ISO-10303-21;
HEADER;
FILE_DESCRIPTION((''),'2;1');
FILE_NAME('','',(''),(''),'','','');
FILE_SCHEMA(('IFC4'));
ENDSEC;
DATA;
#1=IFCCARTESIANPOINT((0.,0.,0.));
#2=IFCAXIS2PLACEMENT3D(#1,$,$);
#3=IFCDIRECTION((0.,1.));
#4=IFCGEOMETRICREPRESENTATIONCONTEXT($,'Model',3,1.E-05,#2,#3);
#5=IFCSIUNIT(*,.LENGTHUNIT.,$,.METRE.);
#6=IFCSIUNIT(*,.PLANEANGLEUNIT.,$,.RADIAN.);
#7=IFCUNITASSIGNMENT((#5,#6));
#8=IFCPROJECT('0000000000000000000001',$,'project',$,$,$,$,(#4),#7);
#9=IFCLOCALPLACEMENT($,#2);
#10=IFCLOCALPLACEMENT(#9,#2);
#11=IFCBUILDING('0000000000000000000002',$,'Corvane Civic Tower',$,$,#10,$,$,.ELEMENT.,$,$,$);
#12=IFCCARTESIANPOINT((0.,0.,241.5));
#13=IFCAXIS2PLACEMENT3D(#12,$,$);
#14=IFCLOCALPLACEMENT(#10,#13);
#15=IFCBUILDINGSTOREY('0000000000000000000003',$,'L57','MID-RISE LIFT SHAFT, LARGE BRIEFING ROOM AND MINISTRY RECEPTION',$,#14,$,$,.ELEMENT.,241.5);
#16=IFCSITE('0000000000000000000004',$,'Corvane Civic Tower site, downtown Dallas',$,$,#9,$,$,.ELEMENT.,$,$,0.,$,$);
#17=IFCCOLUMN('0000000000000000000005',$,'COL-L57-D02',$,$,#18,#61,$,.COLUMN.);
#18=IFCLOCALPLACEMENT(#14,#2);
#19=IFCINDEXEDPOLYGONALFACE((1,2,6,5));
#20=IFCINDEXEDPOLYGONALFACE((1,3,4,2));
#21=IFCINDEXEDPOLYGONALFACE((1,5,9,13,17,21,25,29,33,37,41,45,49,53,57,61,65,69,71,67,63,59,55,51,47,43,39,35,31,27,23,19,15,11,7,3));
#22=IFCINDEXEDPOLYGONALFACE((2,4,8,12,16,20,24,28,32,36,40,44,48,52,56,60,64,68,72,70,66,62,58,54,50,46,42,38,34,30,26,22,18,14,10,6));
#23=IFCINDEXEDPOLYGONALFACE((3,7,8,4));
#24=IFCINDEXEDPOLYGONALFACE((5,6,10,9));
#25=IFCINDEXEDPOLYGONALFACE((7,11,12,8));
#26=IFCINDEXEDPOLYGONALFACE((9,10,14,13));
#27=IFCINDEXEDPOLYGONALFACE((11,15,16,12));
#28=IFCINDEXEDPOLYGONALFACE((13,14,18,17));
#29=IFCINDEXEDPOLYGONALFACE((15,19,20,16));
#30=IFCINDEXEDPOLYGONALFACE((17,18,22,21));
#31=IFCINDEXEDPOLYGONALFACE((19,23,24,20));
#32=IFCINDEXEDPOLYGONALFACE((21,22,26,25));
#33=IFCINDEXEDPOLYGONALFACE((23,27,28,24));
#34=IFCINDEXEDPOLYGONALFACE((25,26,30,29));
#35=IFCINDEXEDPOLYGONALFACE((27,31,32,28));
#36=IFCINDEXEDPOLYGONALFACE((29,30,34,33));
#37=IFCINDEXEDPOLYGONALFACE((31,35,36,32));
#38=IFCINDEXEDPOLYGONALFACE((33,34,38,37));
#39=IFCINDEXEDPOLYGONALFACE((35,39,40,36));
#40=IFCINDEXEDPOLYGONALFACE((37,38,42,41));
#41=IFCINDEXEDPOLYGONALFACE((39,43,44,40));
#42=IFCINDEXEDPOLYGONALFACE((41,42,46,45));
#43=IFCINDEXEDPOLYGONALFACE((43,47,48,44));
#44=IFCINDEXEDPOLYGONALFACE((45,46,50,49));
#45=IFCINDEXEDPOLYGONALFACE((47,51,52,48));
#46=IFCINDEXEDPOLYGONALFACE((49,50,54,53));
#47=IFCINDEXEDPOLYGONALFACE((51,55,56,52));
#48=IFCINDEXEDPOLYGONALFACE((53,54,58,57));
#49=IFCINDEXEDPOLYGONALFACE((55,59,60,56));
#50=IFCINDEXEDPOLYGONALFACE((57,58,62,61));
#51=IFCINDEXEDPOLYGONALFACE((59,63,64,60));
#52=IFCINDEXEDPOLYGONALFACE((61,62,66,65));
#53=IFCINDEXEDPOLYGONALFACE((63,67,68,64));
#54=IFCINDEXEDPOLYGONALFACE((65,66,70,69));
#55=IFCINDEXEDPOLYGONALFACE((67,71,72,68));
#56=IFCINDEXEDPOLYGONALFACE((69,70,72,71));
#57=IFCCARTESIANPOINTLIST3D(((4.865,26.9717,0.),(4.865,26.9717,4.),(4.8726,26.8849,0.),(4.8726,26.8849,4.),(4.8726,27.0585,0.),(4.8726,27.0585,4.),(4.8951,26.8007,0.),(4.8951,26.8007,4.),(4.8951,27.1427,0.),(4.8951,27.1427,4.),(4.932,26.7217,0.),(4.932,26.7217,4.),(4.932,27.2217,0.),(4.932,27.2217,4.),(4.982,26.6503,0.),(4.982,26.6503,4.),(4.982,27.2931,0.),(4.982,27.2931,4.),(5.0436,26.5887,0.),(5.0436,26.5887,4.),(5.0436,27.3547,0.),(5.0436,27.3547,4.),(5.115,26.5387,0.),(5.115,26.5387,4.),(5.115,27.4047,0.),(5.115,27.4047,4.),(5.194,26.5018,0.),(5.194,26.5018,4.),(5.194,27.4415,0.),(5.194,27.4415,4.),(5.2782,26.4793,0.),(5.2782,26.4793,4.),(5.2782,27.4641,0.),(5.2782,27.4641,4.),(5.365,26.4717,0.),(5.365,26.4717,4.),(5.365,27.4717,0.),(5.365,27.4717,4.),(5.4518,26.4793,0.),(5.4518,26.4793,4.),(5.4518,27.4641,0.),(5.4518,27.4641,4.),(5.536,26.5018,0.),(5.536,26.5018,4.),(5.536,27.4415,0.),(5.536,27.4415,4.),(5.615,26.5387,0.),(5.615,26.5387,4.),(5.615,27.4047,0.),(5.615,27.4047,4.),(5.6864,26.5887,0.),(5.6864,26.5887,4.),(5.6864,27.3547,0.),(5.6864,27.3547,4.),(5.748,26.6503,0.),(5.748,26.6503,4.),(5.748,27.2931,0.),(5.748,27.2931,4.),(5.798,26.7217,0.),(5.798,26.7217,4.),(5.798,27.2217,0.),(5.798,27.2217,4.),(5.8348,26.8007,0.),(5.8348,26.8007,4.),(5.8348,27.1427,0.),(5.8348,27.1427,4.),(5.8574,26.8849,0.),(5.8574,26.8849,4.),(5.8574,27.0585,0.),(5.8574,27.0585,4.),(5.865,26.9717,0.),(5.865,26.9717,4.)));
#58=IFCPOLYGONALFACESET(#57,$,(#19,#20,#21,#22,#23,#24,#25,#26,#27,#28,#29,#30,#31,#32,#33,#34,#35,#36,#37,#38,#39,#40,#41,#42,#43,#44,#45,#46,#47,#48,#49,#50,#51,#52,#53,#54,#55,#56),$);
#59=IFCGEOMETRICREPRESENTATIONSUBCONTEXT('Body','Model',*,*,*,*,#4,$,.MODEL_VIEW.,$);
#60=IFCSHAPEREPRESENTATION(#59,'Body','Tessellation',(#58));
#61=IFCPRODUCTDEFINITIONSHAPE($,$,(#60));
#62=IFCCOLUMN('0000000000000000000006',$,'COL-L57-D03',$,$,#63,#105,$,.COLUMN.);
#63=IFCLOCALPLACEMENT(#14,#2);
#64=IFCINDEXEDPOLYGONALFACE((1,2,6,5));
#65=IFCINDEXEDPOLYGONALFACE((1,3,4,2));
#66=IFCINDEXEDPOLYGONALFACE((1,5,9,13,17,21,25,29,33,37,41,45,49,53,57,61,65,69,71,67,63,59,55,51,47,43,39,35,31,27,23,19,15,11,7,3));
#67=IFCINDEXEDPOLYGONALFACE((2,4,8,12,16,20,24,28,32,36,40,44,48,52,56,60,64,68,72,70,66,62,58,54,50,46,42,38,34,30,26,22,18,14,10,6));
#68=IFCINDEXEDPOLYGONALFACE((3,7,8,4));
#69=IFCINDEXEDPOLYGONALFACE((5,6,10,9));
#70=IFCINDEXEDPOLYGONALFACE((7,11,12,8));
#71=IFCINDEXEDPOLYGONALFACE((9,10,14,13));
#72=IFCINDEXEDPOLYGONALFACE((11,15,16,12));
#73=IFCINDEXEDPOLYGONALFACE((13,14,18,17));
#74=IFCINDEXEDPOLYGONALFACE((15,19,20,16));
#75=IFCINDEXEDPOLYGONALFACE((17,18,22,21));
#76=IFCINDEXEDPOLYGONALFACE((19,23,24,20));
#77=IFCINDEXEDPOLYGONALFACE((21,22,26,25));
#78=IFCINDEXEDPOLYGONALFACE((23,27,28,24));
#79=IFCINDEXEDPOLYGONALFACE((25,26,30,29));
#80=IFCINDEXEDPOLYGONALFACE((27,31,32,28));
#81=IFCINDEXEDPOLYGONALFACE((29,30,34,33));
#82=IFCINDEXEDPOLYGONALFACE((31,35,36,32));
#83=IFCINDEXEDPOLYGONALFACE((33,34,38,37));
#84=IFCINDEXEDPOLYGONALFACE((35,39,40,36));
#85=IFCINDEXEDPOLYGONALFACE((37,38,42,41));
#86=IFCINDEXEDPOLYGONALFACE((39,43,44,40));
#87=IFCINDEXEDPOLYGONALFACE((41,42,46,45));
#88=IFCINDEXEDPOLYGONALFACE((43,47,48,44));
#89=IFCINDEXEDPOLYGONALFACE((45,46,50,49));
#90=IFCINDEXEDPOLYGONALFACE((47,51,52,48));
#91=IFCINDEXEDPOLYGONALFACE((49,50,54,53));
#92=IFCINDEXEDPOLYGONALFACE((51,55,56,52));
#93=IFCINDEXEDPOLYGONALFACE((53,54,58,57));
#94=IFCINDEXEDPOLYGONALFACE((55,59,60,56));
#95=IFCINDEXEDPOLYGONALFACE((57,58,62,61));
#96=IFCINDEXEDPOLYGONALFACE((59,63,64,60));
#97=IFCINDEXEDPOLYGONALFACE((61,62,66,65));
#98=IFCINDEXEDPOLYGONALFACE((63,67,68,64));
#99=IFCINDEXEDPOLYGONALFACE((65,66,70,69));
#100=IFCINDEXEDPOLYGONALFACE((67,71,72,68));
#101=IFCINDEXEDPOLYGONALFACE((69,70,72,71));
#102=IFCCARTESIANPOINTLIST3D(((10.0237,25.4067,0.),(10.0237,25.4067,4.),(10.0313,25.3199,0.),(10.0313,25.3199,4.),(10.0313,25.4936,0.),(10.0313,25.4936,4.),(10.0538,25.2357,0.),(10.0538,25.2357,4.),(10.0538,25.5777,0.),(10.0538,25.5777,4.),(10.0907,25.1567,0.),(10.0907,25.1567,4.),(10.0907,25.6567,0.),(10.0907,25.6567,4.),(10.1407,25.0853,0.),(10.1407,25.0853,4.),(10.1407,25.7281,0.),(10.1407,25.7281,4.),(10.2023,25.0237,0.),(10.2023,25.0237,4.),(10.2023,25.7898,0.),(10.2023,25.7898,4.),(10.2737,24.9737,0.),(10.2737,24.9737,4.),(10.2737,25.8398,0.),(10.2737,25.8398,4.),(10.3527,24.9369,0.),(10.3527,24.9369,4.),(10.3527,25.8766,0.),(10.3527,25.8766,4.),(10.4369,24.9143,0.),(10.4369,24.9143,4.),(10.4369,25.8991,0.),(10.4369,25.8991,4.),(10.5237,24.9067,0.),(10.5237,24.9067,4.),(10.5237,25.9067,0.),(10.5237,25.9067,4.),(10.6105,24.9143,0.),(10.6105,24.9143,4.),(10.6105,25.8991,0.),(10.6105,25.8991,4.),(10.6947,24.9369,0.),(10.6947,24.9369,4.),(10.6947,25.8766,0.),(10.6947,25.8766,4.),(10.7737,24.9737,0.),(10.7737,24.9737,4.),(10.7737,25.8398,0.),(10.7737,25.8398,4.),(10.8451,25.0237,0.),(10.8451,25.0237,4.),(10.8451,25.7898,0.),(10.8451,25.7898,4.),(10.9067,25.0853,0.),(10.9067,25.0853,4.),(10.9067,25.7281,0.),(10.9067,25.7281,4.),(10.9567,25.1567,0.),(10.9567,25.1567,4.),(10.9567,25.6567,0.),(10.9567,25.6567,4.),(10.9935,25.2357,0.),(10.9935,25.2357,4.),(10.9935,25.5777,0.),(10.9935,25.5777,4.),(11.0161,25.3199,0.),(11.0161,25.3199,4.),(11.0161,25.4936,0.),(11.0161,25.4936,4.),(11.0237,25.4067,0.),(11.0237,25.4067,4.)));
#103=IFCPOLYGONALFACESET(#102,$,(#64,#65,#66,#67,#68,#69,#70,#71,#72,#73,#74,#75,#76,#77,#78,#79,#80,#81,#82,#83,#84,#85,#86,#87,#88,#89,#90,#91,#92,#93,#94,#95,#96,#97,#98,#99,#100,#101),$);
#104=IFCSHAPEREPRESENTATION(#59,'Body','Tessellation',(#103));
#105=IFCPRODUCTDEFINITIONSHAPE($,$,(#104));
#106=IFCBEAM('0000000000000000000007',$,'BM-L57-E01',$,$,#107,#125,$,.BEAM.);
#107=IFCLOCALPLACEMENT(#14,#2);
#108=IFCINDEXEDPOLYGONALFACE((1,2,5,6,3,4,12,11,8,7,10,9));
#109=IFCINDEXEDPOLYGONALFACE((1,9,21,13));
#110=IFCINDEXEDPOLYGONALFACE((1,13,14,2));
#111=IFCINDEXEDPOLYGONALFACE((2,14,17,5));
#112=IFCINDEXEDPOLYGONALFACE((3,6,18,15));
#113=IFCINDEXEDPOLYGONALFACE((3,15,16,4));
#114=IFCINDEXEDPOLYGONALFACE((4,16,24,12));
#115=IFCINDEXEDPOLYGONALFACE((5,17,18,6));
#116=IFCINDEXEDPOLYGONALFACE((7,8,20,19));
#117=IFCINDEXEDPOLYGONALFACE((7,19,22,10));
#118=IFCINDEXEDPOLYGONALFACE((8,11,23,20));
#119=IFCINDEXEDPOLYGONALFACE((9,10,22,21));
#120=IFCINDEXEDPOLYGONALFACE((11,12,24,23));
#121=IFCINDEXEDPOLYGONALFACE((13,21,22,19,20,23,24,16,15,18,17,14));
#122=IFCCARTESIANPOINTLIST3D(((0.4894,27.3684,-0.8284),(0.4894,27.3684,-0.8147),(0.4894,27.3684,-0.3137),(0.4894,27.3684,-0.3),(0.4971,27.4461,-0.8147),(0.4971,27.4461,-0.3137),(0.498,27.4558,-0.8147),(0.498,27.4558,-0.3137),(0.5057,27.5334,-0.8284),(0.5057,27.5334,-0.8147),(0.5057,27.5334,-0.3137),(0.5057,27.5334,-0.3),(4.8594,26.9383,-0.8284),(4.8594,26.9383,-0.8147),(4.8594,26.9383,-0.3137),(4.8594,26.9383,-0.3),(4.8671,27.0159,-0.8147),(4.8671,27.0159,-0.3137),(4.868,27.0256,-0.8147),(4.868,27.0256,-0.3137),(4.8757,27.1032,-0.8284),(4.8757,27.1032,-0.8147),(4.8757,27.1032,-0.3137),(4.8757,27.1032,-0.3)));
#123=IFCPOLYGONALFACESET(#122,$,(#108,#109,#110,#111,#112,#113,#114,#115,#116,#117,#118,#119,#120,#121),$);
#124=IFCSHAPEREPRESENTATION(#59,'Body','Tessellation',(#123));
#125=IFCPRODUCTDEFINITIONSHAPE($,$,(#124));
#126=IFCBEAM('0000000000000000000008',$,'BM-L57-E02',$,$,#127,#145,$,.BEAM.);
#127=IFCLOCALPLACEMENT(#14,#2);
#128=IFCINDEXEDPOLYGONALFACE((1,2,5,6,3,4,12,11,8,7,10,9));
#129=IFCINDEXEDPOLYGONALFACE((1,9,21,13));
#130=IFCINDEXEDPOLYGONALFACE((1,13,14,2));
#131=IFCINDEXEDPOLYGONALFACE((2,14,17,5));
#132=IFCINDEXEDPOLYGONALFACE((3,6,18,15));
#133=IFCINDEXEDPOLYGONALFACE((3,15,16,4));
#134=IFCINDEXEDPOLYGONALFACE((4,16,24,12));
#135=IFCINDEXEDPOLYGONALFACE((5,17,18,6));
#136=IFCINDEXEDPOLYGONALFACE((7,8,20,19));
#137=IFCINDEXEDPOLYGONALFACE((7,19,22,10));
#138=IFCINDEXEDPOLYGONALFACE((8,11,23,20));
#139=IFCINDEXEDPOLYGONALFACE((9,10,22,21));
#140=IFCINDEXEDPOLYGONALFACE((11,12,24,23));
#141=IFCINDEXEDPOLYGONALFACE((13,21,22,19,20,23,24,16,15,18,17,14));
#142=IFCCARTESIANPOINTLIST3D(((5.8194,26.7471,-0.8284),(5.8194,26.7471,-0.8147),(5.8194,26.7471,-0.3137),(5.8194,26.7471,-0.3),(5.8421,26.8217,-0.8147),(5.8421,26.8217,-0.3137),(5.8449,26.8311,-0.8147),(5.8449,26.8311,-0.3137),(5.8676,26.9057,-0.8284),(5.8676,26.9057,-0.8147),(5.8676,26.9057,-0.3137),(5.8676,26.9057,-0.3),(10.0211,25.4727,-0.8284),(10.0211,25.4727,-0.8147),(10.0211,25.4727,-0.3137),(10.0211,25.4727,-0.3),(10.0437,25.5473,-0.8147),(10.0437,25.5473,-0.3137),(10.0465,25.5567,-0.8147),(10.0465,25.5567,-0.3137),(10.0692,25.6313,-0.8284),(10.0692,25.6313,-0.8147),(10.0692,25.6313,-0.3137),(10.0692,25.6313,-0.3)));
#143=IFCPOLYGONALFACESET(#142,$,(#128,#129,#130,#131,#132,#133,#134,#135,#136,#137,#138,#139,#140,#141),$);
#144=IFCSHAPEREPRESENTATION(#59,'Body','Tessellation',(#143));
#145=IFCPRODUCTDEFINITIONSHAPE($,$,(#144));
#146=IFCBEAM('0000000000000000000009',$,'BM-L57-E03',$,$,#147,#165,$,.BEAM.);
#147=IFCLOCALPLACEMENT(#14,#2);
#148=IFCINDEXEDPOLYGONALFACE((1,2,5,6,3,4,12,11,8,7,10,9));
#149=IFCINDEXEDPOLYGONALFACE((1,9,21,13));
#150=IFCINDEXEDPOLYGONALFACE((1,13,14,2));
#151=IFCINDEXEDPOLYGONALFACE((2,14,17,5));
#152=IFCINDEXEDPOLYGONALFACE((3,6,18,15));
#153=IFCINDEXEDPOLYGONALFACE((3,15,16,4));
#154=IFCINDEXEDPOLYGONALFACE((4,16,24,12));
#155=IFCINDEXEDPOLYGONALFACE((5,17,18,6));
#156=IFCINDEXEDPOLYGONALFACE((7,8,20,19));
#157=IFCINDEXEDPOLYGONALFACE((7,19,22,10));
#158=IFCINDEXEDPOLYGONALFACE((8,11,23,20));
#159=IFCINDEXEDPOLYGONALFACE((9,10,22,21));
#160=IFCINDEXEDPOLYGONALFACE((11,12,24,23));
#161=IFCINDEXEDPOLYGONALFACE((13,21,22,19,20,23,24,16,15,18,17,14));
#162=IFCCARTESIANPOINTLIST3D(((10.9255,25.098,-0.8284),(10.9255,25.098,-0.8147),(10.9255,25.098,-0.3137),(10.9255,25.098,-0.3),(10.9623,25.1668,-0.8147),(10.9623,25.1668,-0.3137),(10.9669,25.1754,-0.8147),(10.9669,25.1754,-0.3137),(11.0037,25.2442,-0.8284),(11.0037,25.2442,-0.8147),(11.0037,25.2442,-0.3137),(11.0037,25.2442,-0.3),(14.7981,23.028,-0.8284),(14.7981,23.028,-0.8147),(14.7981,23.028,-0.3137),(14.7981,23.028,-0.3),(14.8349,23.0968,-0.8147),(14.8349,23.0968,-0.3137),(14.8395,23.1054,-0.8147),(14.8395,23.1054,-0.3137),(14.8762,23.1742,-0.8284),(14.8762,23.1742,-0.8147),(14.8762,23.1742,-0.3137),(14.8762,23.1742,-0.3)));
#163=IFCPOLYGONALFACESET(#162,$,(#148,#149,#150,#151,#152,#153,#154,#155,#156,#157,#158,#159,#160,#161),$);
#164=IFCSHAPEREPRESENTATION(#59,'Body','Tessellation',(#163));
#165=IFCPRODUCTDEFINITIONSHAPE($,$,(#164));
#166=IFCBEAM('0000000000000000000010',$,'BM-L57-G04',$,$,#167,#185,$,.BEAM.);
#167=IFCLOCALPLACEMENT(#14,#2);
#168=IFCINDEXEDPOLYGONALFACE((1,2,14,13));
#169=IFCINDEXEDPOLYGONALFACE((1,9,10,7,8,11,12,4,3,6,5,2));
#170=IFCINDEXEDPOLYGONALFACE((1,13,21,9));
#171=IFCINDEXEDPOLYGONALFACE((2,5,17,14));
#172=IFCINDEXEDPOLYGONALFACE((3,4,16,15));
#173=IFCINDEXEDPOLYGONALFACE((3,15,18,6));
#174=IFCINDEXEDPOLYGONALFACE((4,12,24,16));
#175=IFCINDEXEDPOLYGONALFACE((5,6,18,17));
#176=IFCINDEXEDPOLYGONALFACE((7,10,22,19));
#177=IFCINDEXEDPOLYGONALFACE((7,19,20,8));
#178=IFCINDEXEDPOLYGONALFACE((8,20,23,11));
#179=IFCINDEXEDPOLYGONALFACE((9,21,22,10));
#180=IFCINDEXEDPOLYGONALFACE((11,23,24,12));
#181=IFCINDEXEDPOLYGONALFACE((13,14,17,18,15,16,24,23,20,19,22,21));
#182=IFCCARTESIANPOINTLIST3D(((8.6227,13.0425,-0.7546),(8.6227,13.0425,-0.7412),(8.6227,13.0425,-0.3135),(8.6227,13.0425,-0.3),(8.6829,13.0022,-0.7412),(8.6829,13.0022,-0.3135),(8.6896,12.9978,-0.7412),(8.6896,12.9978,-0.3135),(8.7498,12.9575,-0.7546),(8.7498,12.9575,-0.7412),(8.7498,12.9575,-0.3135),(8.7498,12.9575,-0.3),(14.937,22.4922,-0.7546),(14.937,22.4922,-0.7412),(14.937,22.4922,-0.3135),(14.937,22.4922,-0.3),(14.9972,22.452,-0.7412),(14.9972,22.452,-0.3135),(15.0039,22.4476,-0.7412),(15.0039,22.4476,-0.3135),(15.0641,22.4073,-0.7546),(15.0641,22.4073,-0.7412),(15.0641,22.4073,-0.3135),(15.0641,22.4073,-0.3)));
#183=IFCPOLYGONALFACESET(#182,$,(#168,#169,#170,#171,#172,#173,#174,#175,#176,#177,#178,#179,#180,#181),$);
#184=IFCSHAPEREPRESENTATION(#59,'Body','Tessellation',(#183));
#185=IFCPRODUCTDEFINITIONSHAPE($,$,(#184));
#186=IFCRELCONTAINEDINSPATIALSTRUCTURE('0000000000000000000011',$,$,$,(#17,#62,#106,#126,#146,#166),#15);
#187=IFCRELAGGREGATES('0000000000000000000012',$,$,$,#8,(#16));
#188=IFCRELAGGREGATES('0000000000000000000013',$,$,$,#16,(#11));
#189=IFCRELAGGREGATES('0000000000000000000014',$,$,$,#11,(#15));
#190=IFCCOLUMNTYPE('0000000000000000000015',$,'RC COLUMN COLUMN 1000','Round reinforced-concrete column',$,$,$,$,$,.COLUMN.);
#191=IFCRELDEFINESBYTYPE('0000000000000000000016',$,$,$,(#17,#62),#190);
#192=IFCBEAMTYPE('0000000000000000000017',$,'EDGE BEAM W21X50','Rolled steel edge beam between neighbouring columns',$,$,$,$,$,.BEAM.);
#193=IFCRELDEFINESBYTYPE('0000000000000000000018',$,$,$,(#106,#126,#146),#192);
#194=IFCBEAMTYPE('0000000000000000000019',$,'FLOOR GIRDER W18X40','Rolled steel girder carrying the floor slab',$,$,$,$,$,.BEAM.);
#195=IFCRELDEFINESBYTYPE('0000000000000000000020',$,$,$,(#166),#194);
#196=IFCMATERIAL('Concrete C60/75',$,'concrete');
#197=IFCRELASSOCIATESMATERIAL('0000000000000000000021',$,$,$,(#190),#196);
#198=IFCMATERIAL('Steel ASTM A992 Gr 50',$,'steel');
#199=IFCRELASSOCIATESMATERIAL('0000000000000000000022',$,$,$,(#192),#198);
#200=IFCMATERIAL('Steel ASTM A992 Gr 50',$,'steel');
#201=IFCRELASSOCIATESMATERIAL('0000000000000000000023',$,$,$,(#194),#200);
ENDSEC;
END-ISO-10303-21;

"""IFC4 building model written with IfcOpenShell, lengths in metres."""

from ifc_helpers import new_model, si_unit, direction, frame, origin, origin_2d, place, context, subcontext, project, spatial, circle, i_section, extrude, material, material_profile, profile_set, type_object, element, save


model = new_model("IFC4")

# Units and contexts
model_context = context("Model", 3, precision=1e-05, world=origin(), true_north=direction((0.0, 1.0)))
body_context = subcontext(model_context, "Body", "Model", "MODEL_VIEW")
ifc_project = project(units=[si_unit("LENGTHUNIT", "METRE"), si_unit("PLANEANGLEUNIT", "RADIAN")], contexts=[model_context])

# Site, building, storey
site_placement = place(None, origin())
site = spatial("IfcSite", under=ifc_project, at=site_placement, Name="Corvane Civic Tower site, downtown Dallas", CompositionType="ELEMENT", RefElevation=0.0)
building_placement = place(site_placement, origin())
building = spatial("IfcBuilding", under=site, at=building_placement, Name="Corvane Civic Tower", CompositionType="ELEMENT")
storey_placement = place(building_placement, frame((0.0, 0.0, 241.5)))
storey = spatial("IfcBuildingStorey", under=building, at=storey_placement, Name="L57", Description="MID-RISE LIFT SHAFT, LARGE BRIEFING ROOM AND MINISTRY RECEPTION", CompositionType="ELEMENT", Elevation=241.5)

# Columns
ifc_material_1 = material(Name="Concrete C60/75", Category="concrete")
ifc_material_profile_1 = material_profile(ifc_material_1, circle(Radius=0.5, at=origin_2d()), Name="COLUMN 1000")
ifc_profile_set_1 = profile_set([ifc_material_profile_1], Name="Concrete C60/75")
column_type = type_object("IfcColumnType", Name="RC COLUMN COLUMN 1000", Description="Round reinforced-concrete column", PredefinedType="COLUMN", material=ifc_profile_set_1)
for number, where, z_axis, x_axis, name in (
    (1, (5.365, 26.9717, 0.0), (0.0, 0.0, 1.0), (1.0, 0.0, 0.0), "COL-L57-D02"),
    (2, (10.5237, 25.4067, 0.0), (0.0, 0.0, 1.0), (1.0, 0.0, 0.0), "COL-L57-D03"),
):
    element("IfcColumn", number, at=place(storey_placement, frame(where, z_axis=z_axis, x_axis=x_axis)), inside=storey, type_object=column_type, Name=name, PredefinedType="COLUMN", context=body_context, shape_type="SweptSolid", body=[
        extrude(circle(Radius=0.5, at=origin_2d()), origin(), (0.0, 0.0, 1.0), 4.0),
    ])

# Beams
ifc_material_2 = material(Name="Steel ASTM A992 Gr 50", Category="steel")
ifc_material_profile_2 = material_profile(ifc_material_2, i_section(OverallWidth=0.1658, OverallDepth=0.5283, WebThickness=0.0098, FlangeThickness=0.0137, at=origin_2d()), Name="W21X50")
ifc_profile_set_2 = profile_set([ifc_material_profile_2], Name="Steel ASTM A992 Gr 50")
beam_type_1 = type_object("IfcBeamType", Name="EDGE BEAM W21X50", Description="Rolled steel edge beam between neighbouring columns", PredefinedType="BEAM", material=ifc_profile_set_2)
beam_1_placement = place(storey_placement, frame((0.4976, 27.4509, -0.5642), z_axis=(0.99519, -0.097968, 0.0), x_axis=(0.097968, 0.99519, 0.0)))
element("IfcBeam", 3, at=beam_1_placement, inside=storey, type_object=beam_type_1, Name="BM-L57-E01", PredefinedType="BEAM", context=body_context, shape_type="SweptSolid", body=[
    extrude(i_section(OverallWidth=0.1658, OverallDepth=0.5283, WebThickness=0.0098, FlangeThickness=0.0137, at=origin_2d()), origin(), (0.0, 0.0, 1.0), 4.3911),
])
beam_2_placement = place(storey_placement, frame((5.8435, 26.8264, -0.5642), z_axis=(0.95695, -0.290254, 0.0), x_axis=(0.290254, 0.95695, 0.0)))
element("IfcBeam", 4, at=beam_2_placement, inside=storey, type_object=beam_type_1, Name="BM-L57-E02", PredefinedType="BEAM", context=body_context, shape_type="SweptSolid", body=[
    extrude(i_section(OverallWidth=0.1658, OverallDepth=0.5283, WebThickness=0.0098, FlangeThickness=0.0137, at=origin_2d()), origin(), (0.0, 0.0, 1.0), 4.3906),
])
beam_3_placement = place(storey_placement, frame((10.9646, 25.1711, -0.5642), z_axis=(0.881908, -0.471422, 0.0), x_axis=(0.471422, 0.881908, 0.0)))
element("IfcBeam", 5, at=beam_3_placement, inside=storey, type_object=beam_type_1, Name="BM-L57-E03", PredefinedType="BEAM", context=body_context, shape_type="SweptSolid", body=[
    extrude(i_section(OverallWidth=0.1658, OverallDepth=0.5283, WebThickness=0.0098, FlangeThickness=0.0137, at=origin_2d()), origin(), (0.0, 0.0, 1.0), 4.3911),
])
ifc_material_3 = material(Name="Steel ASTM A992 Gr 50", Category="steel")
ifc_material_profile_3 = material_profile(ifc_material_3, i_section(OverallWidth=0.1528, OverallDepth=0.4546, WebThickness=0.0081, FlangeThickness=0.0134, at=origin_2d()), Name="W18X40")
ifc_profile_set_3 = profile_set([ifc_material_profile_3], Name="Steel ASTM A992 Gr 50")
beam_type_2 = type_object("IfcBeamType", Name="FLOOR GIRDER W18X40", Description="Rolled steel girder carrying the floor slab", PredefinedType="BEAM", material=ifc_profile_set_3)
beam_4_placement = place(storey_placement, frame((8.6863, 13.0, -0.5273), z_axis=(0.555577, 0.831465, 0.0), x_axis=(-0.831465, 0.555577, 0.0)))
element("IfcBeam", 6, at=beam_4_placement, inside=storey, type_object=beam_type_2, Name="BM-L57-G04", PredefinedType="BEAM", context=body_context, shape_type="SweptSolid", body=[
    extrude(i_section(OverallWidth=0.1528, OverallDepth=0.4546, WebThickness=0.0081, FlangeThickness=0.0134, at=origin_2d()), origin(), (0.0, 0.0, 1.0), 11.3652),
])

save(model, "model.ifc")
